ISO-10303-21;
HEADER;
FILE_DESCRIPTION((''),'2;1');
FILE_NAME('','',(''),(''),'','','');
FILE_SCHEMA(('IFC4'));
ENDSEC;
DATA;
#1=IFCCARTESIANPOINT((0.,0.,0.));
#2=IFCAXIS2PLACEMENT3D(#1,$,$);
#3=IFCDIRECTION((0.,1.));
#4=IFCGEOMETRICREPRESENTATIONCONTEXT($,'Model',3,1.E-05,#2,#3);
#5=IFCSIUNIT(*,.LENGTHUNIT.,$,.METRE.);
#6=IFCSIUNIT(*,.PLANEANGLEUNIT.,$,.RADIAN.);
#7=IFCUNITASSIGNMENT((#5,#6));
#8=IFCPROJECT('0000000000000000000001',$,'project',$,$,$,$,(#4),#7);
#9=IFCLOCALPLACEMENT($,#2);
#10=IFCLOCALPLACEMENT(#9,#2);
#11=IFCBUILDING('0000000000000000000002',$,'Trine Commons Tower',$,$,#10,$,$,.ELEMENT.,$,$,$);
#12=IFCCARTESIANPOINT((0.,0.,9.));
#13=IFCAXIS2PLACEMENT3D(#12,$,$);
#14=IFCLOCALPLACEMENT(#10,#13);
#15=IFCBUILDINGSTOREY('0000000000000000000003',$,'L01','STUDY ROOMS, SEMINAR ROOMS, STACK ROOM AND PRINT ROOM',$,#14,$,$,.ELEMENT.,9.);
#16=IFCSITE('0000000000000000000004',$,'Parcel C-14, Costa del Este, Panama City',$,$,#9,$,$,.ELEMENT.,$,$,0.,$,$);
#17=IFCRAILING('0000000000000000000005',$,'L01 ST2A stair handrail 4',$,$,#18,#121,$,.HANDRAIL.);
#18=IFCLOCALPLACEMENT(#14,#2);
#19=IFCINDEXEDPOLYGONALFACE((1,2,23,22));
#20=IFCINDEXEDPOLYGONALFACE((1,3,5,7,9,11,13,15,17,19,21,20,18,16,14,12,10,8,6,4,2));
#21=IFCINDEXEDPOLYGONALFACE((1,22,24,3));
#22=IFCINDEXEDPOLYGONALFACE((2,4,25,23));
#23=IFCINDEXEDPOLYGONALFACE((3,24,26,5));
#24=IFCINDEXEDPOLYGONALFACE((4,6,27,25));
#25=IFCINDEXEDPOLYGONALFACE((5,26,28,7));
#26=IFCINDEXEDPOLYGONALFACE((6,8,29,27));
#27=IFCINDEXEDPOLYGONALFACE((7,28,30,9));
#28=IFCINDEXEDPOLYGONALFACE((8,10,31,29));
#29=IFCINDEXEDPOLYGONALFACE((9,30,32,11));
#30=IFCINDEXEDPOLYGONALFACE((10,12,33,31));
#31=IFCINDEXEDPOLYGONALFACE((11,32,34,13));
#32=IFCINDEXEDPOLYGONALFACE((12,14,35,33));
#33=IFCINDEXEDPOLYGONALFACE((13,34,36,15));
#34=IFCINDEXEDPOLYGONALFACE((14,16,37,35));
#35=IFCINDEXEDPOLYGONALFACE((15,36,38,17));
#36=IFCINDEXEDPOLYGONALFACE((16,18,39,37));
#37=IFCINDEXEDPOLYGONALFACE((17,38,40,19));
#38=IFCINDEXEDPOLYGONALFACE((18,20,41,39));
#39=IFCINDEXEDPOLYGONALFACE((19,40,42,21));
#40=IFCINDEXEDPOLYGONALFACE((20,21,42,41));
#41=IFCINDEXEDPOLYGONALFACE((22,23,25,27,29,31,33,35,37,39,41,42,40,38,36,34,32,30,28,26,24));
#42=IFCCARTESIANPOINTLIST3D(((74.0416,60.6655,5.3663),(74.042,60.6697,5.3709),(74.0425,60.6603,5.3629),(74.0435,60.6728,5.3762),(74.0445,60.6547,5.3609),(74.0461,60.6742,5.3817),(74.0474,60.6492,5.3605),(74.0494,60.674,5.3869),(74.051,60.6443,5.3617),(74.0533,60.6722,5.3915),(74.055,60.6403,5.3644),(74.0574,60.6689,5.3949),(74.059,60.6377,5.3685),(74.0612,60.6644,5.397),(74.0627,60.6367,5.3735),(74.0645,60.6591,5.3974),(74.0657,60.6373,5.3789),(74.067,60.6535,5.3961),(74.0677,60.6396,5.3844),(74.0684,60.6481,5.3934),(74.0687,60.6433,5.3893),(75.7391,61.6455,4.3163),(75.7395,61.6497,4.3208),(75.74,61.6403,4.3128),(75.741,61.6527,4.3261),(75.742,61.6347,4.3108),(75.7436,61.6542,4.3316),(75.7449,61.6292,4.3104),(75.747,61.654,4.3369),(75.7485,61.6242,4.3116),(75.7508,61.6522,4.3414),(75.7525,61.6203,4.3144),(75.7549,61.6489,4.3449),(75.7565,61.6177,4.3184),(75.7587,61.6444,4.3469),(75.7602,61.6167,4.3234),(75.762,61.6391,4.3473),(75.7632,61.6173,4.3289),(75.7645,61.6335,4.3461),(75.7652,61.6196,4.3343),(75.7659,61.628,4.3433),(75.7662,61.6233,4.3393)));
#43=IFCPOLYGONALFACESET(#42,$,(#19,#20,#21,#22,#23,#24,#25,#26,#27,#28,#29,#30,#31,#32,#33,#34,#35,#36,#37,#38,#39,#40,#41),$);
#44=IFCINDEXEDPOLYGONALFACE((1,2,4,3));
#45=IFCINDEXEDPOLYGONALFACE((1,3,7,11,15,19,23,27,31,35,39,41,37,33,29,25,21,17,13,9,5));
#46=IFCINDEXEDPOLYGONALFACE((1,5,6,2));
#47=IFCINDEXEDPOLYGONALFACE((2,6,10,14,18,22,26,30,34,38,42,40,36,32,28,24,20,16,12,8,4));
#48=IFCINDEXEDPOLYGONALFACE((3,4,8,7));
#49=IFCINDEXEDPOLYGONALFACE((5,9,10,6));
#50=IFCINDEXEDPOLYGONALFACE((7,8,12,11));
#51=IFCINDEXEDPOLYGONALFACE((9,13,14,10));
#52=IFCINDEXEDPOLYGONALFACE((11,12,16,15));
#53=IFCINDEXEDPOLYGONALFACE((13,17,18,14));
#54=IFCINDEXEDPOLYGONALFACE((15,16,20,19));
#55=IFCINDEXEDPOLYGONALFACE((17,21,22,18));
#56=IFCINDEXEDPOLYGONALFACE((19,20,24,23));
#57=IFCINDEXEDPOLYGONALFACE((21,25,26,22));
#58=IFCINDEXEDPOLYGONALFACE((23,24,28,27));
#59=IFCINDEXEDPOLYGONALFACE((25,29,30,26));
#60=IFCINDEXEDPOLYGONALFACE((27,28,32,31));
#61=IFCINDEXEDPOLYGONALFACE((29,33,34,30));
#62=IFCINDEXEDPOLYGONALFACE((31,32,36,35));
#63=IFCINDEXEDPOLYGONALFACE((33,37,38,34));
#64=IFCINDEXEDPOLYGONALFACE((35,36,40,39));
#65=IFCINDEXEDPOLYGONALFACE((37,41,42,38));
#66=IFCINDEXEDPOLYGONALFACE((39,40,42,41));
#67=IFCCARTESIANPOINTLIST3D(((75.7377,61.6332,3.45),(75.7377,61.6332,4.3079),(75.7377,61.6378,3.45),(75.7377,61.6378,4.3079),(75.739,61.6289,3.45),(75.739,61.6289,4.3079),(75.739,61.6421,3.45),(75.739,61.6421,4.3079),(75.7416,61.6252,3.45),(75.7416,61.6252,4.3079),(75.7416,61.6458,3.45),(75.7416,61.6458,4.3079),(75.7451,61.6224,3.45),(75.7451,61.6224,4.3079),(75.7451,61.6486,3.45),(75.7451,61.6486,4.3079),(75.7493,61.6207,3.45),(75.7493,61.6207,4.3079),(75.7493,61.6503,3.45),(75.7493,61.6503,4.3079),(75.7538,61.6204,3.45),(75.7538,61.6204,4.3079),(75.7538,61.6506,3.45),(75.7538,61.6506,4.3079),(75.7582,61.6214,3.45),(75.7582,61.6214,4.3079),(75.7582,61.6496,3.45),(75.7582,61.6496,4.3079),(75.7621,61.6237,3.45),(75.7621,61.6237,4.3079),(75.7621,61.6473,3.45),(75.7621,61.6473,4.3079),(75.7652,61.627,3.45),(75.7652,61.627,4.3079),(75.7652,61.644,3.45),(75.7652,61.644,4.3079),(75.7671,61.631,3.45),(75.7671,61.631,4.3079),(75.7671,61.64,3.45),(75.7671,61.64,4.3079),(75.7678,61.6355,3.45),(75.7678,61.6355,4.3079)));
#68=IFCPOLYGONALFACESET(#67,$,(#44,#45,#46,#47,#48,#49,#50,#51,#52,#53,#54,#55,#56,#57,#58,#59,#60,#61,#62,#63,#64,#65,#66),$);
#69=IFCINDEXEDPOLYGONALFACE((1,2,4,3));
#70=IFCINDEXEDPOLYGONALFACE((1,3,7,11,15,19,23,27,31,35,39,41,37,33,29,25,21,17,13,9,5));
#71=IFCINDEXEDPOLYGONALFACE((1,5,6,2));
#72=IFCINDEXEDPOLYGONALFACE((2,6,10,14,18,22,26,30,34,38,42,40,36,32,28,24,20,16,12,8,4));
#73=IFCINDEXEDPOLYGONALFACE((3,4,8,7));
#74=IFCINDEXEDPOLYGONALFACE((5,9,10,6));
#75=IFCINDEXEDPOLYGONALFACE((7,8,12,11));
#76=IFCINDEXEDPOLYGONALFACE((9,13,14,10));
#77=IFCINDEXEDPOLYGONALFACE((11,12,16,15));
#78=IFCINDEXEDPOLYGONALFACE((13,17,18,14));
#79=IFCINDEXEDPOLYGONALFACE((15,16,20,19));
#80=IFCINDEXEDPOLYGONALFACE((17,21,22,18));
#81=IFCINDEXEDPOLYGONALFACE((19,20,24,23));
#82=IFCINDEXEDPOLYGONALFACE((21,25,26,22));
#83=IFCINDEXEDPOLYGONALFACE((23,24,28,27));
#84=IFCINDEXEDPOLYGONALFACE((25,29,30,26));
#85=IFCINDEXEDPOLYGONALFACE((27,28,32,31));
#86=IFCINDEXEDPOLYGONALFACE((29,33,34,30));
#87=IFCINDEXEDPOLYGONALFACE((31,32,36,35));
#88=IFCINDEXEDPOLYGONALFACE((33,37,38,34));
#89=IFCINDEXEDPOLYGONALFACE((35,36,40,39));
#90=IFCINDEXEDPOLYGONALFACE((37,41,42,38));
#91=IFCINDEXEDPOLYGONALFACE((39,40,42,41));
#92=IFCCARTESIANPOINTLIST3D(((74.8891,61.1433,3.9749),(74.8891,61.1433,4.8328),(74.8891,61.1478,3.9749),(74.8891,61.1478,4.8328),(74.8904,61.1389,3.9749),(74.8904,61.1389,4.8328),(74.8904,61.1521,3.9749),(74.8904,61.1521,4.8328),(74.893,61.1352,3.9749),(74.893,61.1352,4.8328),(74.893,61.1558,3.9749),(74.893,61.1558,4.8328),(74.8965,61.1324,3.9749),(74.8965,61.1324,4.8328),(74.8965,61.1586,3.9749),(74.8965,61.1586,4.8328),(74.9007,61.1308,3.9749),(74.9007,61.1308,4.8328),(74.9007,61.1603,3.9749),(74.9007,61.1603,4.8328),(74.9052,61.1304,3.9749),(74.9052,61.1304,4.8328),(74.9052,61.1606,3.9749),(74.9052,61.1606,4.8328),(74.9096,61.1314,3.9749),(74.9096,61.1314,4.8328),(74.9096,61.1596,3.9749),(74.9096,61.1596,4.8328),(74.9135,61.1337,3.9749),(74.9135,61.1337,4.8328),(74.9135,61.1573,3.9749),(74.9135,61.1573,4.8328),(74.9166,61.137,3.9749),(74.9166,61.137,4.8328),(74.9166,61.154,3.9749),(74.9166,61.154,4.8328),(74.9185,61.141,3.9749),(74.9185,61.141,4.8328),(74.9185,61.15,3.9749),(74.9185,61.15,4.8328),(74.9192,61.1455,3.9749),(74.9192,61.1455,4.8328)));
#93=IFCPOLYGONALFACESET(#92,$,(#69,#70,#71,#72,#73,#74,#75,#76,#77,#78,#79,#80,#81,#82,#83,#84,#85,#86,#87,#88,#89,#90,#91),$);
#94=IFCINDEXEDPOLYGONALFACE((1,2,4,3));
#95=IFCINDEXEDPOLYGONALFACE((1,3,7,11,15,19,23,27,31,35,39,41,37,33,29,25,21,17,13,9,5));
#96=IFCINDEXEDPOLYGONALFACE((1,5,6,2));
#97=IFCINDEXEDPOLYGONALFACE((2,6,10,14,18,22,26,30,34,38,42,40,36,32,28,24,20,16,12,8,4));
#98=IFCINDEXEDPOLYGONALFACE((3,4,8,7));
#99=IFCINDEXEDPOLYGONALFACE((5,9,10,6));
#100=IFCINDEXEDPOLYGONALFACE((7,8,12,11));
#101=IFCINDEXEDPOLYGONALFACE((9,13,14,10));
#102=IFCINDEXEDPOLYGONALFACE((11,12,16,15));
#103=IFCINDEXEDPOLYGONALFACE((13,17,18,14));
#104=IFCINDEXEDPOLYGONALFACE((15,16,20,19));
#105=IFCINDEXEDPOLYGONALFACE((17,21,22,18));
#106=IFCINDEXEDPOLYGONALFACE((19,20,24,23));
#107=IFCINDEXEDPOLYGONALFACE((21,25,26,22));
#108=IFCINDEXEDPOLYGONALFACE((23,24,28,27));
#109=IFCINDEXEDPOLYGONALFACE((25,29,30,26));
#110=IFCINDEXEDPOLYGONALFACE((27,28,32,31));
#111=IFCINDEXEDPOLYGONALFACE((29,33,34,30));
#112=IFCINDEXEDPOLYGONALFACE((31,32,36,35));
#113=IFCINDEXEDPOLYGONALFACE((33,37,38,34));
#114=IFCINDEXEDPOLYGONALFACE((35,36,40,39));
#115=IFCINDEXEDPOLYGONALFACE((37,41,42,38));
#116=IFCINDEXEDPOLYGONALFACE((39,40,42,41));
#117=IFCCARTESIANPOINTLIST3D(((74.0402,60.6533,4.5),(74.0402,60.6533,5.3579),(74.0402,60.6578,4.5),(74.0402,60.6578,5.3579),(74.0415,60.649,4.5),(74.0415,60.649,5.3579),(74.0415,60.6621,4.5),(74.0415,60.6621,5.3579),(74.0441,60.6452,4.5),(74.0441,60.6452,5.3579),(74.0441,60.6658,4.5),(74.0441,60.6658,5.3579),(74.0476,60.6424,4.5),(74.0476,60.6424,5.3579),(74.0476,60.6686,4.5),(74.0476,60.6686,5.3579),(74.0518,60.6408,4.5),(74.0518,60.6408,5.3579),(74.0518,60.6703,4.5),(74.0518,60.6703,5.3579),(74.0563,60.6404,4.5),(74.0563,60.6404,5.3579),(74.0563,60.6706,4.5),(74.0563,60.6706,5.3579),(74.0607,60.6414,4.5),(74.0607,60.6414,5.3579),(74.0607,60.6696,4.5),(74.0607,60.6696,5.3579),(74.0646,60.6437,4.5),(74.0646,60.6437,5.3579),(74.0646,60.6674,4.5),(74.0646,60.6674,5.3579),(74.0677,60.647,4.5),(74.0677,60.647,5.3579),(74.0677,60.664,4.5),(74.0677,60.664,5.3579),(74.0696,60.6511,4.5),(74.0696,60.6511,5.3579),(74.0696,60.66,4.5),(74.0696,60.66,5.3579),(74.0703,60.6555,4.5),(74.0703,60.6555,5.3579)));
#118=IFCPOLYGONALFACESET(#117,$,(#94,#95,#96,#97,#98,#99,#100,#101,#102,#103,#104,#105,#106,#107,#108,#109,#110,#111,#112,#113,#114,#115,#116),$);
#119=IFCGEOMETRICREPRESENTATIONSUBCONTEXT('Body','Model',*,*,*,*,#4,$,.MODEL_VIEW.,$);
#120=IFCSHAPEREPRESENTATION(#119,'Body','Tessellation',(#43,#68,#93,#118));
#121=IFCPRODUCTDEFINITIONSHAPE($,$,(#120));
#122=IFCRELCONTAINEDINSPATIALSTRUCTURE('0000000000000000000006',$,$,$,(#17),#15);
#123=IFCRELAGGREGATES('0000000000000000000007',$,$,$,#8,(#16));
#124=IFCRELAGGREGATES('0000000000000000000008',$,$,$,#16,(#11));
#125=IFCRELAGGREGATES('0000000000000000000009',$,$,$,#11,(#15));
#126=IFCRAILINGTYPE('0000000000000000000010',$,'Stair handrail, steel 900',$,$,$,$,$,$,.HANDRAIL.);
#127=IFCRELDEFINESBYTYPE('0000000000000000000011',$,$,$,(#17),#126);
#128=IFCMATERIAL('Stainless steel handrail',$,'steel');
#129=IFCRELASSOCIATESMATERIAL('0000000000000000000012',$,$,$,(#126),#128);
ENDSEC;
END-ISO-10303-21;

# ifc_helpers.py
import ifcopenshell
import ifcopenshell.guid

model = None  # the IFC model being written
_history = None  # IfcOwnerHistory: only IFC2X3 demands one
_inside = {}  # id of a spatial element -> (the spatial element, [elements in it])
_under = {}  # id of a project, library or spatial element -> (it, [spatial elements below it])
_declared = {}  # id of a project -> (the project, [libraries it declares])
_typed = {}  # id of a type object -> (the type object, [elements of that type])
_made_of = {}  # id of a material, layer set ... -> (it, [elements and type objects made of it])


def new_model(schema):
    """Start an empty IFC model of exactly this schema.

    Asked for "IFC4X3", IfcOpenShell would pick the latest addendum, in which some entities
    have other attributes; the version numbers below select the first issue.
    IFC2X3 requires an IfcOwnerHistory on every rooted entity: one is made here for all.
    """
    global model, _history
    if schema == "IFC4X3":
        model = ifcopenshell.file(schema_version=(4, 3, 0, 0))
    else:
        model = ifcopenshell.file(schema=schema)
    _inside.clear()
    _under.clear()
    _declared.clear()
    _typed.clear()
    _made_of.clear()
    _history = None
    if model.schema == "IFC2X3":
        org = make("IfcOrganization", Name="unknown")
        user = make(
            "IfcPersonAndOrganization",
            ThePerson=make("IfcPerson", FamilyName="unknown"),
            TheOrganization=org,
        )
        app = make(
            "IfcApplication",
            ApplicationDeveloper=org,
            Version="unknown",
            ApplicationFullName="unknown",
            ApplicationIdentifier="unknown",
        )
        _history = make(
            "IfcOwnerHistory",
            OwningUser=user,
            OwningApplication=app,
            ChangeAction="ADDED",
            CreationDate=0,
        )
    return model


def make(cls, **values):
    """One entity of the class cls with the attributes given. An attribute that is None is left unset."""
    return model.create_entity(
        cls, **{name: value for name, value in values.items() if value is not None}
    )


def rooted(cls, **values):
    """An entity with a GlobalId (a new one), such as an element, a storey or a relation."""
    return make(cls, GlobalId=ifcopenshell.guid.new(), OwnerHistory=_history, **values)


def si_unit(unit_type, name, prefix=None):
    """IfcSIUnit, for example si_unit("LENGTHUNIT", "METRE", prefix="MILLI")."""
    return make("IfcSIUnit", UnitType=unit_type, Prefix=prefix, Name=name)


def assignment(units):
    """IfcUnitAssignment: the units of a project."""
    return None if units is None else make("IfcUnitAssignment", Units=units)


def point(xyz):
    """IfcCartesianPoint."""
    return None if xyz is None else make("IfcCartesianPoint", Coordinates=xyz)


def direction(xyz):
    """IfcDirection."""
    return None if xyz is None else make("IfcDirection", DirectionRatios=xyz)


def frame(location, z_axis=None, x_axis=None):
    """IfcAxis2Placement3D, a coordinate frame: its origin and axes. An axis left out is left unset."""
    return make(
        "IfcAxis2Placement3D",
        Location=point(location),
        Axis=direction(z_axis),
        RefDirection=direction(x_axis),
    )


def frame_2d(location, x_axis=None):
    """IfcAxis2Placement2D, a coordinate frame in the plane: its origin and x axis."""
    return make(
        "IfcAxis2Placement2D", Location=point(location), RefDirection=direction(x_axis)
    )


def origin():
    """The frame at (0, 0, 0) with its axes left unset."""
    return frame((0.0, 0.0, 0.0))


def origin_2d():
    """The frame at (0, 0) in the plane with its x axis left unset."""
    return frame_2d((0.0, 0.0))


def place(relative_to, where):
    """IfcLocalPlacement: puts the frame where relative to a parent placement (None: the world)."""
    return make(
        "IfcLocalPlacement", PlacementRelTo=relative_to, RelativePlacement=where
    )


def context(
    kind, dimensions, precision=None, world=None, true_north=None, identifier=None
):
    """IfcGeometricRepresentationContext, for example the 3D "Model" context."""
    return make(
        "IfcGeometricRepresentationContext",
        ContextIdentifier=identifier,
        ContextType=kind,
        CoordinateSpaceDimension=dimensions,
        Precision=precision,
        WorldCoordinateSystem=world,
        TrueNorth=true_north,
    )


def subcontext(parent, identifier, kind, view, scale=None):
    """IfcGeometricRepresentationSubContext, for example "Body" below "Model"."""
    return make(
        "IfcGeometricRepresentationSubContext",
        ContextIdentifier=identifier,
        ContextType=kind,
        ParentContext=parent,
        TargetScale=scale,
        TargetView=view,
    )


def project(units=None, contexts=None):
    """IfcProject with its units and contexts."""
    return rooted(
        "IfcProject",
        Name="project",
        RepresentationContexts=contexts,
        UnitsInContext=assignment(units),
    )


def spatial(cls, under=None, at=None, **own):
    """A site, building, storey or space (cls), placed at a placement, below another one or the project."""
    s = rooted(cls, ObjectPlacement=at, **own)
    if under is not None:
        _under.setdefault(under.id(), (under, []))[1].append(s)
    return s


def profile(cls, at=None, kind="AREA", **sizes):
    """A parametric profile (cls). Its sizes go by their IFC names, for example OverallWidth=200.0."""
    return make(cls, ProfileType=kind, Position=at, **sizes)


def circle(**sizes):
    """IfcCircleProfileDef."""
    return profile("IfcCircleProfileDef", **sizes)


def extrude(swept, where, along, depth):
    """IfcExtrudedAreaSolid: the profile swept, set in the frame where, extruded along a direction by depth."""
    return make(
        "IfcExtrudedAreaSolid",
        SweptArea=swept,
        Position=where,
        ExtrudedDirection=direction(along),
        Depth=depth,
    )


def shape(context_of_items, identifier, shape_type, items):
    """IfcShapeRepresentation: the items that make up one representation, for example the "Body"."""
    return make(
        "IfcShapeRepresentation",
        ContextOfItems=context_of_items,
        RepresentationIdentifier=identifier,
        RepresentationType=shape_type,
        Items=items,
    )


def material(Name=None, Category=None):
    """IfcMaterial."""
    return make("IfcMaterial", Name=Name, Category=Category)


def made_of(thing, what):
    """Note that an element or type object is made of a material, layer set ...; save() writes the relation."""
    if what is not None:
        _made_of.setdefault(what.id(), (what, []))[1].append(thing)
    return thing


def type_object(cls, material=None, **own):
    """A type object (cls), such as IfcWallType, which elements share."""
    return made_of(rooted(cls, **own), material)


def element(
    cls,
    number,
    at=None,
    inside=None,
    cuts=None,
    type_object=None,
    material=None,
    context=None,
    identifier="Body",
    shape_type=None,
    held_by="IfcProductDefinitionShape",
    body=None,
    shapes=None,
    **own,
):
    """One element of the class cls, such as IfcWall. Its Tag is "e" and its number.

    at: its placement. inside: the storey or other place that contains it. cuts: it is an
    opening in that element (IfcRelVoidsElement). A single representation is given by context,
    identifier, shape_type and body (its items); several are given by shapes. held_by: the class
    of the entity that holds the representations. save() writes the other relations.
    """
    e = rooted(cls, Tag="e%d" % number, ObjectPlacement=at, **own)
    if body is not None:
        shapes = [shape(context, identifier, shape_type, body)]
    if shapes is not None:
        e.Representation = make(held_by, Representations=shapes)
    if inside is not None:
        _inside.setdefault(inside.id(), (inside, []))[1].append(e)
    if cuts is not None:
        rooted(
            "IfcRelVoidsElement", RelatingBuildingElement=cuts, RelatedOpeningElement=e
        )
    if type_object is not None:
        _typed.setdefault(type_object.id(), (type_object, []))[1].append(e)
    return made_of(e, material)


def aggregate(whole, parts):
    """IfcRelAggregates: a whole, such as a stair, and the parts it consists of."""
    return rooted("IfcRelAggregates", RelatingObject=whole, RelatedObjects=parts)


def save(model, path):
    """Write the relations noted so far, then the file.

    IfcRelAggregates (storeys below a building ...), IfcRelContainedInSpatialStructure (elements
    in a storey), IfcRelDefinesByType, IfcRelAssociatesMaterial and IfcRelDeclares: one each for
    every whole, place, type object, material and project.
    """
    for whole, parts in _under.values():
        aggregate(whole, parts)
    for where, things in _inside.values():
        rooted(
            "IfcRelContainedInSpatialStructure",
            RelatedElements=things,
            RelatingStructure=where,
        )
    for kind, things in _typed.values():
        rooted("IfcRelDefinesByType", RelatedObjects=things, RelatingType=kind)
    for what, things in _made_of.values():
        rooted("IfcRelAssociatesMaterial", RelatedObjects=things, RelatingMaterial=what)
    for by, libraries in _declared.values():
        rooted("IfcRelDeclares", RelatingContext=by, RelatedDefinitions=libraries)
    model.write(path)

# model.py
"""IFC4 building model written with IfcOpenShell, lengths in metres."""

from ifc_helpers import new_model, si_unit, direction, frame, origin, origin_2d, place, context, subcontext, project, spatial, circle, extrude, material, type_object, element, save


model = new_model("IFC4")

# Units and contexts
model_context = context("Model", 3, precision=1e-05, world=origin(), true_north=direction((0.0, 1.0)))
body_context = subcontext(model_context, "Body", "Model", "MODEL_VIEW")
ifc_project = project(units=[si_unit("LENGTHUNIT", "METRE"), si_unit("PLANEANGLEUNIT", "RADIAN")], contexts=[model_context])

# Site, building, storey
site_placement = place(None, origin())
site = spatial("IfcSite", under=ifc_project, at=site_placement, Name="Parcel C-14, Costa del Este, Panama City", CompositionType="ELEMENT", RefElevation=0.0)
building_placement = place(site_placement, origin())
building = spatial("IfcBuilding", under=site, at=building_placement, Name="Trine Commons Tower", CompositionType="ELEMENT")
storey_placement = place(building_placement, frame((0.0, 0.0, 9.0)))
storey = spatial("IfcBuildingStorey", under=building, at=storey_placement, Name="L01", Description="STUDY ROOMS, SEMINAR ROOMS, STACK ROOM AND PRINT ROOM", CompositionType="ELEMENT", Elevation=9.0)

# Railing
ifc_material_1 = material(Name="Stainless steel handrail", Category="steel")
railing_type_1 = type_object("IfcRailingType", Name="Stair handrail, steel 900", PredefinedType="HANDRAIL", material=ifc_material_1)
railing_1_placement = place(storey_placement, frame((75.7527, 61.6355, 3.45)))
element("IfcRailing", 1, at=railing_1_placement, inside=storey, type_object=railing_type_1, Name="L01 ST2A stair handrail 4", PredefinedType="HANDRAIL", context=body_context, shape_type="SweptSolid", body=[
    extrude(circle(Radius=0.021, at=origin_2d()), frame((0.0, 0.0, 0.8789), z_axis=(-0.763398, -0.440713, 0.472224), x_axis=(0.49997, -0.866042, 0.0)), (0.0, 0.0, 1.0), 2.2236),
    extrude(circle(Radius=0.0151, at=origin_2d()), origin(), (0.0, 0.0, 1.0), 0.8579),
    extrude(circle(Radius=0.0151, at=origin_2d()), frame((-0.8486, -0.49, 0.5249)), (0.0, 0.0, 1.0), 0.8579),
    extrude(circle(Radius=0.0151, at=origin_2d()), frame((-1.6975, -0.98, 1.05)), (0.0, 0.0, 1.0), 0.8579),
])

save(model, "model.ifc")
